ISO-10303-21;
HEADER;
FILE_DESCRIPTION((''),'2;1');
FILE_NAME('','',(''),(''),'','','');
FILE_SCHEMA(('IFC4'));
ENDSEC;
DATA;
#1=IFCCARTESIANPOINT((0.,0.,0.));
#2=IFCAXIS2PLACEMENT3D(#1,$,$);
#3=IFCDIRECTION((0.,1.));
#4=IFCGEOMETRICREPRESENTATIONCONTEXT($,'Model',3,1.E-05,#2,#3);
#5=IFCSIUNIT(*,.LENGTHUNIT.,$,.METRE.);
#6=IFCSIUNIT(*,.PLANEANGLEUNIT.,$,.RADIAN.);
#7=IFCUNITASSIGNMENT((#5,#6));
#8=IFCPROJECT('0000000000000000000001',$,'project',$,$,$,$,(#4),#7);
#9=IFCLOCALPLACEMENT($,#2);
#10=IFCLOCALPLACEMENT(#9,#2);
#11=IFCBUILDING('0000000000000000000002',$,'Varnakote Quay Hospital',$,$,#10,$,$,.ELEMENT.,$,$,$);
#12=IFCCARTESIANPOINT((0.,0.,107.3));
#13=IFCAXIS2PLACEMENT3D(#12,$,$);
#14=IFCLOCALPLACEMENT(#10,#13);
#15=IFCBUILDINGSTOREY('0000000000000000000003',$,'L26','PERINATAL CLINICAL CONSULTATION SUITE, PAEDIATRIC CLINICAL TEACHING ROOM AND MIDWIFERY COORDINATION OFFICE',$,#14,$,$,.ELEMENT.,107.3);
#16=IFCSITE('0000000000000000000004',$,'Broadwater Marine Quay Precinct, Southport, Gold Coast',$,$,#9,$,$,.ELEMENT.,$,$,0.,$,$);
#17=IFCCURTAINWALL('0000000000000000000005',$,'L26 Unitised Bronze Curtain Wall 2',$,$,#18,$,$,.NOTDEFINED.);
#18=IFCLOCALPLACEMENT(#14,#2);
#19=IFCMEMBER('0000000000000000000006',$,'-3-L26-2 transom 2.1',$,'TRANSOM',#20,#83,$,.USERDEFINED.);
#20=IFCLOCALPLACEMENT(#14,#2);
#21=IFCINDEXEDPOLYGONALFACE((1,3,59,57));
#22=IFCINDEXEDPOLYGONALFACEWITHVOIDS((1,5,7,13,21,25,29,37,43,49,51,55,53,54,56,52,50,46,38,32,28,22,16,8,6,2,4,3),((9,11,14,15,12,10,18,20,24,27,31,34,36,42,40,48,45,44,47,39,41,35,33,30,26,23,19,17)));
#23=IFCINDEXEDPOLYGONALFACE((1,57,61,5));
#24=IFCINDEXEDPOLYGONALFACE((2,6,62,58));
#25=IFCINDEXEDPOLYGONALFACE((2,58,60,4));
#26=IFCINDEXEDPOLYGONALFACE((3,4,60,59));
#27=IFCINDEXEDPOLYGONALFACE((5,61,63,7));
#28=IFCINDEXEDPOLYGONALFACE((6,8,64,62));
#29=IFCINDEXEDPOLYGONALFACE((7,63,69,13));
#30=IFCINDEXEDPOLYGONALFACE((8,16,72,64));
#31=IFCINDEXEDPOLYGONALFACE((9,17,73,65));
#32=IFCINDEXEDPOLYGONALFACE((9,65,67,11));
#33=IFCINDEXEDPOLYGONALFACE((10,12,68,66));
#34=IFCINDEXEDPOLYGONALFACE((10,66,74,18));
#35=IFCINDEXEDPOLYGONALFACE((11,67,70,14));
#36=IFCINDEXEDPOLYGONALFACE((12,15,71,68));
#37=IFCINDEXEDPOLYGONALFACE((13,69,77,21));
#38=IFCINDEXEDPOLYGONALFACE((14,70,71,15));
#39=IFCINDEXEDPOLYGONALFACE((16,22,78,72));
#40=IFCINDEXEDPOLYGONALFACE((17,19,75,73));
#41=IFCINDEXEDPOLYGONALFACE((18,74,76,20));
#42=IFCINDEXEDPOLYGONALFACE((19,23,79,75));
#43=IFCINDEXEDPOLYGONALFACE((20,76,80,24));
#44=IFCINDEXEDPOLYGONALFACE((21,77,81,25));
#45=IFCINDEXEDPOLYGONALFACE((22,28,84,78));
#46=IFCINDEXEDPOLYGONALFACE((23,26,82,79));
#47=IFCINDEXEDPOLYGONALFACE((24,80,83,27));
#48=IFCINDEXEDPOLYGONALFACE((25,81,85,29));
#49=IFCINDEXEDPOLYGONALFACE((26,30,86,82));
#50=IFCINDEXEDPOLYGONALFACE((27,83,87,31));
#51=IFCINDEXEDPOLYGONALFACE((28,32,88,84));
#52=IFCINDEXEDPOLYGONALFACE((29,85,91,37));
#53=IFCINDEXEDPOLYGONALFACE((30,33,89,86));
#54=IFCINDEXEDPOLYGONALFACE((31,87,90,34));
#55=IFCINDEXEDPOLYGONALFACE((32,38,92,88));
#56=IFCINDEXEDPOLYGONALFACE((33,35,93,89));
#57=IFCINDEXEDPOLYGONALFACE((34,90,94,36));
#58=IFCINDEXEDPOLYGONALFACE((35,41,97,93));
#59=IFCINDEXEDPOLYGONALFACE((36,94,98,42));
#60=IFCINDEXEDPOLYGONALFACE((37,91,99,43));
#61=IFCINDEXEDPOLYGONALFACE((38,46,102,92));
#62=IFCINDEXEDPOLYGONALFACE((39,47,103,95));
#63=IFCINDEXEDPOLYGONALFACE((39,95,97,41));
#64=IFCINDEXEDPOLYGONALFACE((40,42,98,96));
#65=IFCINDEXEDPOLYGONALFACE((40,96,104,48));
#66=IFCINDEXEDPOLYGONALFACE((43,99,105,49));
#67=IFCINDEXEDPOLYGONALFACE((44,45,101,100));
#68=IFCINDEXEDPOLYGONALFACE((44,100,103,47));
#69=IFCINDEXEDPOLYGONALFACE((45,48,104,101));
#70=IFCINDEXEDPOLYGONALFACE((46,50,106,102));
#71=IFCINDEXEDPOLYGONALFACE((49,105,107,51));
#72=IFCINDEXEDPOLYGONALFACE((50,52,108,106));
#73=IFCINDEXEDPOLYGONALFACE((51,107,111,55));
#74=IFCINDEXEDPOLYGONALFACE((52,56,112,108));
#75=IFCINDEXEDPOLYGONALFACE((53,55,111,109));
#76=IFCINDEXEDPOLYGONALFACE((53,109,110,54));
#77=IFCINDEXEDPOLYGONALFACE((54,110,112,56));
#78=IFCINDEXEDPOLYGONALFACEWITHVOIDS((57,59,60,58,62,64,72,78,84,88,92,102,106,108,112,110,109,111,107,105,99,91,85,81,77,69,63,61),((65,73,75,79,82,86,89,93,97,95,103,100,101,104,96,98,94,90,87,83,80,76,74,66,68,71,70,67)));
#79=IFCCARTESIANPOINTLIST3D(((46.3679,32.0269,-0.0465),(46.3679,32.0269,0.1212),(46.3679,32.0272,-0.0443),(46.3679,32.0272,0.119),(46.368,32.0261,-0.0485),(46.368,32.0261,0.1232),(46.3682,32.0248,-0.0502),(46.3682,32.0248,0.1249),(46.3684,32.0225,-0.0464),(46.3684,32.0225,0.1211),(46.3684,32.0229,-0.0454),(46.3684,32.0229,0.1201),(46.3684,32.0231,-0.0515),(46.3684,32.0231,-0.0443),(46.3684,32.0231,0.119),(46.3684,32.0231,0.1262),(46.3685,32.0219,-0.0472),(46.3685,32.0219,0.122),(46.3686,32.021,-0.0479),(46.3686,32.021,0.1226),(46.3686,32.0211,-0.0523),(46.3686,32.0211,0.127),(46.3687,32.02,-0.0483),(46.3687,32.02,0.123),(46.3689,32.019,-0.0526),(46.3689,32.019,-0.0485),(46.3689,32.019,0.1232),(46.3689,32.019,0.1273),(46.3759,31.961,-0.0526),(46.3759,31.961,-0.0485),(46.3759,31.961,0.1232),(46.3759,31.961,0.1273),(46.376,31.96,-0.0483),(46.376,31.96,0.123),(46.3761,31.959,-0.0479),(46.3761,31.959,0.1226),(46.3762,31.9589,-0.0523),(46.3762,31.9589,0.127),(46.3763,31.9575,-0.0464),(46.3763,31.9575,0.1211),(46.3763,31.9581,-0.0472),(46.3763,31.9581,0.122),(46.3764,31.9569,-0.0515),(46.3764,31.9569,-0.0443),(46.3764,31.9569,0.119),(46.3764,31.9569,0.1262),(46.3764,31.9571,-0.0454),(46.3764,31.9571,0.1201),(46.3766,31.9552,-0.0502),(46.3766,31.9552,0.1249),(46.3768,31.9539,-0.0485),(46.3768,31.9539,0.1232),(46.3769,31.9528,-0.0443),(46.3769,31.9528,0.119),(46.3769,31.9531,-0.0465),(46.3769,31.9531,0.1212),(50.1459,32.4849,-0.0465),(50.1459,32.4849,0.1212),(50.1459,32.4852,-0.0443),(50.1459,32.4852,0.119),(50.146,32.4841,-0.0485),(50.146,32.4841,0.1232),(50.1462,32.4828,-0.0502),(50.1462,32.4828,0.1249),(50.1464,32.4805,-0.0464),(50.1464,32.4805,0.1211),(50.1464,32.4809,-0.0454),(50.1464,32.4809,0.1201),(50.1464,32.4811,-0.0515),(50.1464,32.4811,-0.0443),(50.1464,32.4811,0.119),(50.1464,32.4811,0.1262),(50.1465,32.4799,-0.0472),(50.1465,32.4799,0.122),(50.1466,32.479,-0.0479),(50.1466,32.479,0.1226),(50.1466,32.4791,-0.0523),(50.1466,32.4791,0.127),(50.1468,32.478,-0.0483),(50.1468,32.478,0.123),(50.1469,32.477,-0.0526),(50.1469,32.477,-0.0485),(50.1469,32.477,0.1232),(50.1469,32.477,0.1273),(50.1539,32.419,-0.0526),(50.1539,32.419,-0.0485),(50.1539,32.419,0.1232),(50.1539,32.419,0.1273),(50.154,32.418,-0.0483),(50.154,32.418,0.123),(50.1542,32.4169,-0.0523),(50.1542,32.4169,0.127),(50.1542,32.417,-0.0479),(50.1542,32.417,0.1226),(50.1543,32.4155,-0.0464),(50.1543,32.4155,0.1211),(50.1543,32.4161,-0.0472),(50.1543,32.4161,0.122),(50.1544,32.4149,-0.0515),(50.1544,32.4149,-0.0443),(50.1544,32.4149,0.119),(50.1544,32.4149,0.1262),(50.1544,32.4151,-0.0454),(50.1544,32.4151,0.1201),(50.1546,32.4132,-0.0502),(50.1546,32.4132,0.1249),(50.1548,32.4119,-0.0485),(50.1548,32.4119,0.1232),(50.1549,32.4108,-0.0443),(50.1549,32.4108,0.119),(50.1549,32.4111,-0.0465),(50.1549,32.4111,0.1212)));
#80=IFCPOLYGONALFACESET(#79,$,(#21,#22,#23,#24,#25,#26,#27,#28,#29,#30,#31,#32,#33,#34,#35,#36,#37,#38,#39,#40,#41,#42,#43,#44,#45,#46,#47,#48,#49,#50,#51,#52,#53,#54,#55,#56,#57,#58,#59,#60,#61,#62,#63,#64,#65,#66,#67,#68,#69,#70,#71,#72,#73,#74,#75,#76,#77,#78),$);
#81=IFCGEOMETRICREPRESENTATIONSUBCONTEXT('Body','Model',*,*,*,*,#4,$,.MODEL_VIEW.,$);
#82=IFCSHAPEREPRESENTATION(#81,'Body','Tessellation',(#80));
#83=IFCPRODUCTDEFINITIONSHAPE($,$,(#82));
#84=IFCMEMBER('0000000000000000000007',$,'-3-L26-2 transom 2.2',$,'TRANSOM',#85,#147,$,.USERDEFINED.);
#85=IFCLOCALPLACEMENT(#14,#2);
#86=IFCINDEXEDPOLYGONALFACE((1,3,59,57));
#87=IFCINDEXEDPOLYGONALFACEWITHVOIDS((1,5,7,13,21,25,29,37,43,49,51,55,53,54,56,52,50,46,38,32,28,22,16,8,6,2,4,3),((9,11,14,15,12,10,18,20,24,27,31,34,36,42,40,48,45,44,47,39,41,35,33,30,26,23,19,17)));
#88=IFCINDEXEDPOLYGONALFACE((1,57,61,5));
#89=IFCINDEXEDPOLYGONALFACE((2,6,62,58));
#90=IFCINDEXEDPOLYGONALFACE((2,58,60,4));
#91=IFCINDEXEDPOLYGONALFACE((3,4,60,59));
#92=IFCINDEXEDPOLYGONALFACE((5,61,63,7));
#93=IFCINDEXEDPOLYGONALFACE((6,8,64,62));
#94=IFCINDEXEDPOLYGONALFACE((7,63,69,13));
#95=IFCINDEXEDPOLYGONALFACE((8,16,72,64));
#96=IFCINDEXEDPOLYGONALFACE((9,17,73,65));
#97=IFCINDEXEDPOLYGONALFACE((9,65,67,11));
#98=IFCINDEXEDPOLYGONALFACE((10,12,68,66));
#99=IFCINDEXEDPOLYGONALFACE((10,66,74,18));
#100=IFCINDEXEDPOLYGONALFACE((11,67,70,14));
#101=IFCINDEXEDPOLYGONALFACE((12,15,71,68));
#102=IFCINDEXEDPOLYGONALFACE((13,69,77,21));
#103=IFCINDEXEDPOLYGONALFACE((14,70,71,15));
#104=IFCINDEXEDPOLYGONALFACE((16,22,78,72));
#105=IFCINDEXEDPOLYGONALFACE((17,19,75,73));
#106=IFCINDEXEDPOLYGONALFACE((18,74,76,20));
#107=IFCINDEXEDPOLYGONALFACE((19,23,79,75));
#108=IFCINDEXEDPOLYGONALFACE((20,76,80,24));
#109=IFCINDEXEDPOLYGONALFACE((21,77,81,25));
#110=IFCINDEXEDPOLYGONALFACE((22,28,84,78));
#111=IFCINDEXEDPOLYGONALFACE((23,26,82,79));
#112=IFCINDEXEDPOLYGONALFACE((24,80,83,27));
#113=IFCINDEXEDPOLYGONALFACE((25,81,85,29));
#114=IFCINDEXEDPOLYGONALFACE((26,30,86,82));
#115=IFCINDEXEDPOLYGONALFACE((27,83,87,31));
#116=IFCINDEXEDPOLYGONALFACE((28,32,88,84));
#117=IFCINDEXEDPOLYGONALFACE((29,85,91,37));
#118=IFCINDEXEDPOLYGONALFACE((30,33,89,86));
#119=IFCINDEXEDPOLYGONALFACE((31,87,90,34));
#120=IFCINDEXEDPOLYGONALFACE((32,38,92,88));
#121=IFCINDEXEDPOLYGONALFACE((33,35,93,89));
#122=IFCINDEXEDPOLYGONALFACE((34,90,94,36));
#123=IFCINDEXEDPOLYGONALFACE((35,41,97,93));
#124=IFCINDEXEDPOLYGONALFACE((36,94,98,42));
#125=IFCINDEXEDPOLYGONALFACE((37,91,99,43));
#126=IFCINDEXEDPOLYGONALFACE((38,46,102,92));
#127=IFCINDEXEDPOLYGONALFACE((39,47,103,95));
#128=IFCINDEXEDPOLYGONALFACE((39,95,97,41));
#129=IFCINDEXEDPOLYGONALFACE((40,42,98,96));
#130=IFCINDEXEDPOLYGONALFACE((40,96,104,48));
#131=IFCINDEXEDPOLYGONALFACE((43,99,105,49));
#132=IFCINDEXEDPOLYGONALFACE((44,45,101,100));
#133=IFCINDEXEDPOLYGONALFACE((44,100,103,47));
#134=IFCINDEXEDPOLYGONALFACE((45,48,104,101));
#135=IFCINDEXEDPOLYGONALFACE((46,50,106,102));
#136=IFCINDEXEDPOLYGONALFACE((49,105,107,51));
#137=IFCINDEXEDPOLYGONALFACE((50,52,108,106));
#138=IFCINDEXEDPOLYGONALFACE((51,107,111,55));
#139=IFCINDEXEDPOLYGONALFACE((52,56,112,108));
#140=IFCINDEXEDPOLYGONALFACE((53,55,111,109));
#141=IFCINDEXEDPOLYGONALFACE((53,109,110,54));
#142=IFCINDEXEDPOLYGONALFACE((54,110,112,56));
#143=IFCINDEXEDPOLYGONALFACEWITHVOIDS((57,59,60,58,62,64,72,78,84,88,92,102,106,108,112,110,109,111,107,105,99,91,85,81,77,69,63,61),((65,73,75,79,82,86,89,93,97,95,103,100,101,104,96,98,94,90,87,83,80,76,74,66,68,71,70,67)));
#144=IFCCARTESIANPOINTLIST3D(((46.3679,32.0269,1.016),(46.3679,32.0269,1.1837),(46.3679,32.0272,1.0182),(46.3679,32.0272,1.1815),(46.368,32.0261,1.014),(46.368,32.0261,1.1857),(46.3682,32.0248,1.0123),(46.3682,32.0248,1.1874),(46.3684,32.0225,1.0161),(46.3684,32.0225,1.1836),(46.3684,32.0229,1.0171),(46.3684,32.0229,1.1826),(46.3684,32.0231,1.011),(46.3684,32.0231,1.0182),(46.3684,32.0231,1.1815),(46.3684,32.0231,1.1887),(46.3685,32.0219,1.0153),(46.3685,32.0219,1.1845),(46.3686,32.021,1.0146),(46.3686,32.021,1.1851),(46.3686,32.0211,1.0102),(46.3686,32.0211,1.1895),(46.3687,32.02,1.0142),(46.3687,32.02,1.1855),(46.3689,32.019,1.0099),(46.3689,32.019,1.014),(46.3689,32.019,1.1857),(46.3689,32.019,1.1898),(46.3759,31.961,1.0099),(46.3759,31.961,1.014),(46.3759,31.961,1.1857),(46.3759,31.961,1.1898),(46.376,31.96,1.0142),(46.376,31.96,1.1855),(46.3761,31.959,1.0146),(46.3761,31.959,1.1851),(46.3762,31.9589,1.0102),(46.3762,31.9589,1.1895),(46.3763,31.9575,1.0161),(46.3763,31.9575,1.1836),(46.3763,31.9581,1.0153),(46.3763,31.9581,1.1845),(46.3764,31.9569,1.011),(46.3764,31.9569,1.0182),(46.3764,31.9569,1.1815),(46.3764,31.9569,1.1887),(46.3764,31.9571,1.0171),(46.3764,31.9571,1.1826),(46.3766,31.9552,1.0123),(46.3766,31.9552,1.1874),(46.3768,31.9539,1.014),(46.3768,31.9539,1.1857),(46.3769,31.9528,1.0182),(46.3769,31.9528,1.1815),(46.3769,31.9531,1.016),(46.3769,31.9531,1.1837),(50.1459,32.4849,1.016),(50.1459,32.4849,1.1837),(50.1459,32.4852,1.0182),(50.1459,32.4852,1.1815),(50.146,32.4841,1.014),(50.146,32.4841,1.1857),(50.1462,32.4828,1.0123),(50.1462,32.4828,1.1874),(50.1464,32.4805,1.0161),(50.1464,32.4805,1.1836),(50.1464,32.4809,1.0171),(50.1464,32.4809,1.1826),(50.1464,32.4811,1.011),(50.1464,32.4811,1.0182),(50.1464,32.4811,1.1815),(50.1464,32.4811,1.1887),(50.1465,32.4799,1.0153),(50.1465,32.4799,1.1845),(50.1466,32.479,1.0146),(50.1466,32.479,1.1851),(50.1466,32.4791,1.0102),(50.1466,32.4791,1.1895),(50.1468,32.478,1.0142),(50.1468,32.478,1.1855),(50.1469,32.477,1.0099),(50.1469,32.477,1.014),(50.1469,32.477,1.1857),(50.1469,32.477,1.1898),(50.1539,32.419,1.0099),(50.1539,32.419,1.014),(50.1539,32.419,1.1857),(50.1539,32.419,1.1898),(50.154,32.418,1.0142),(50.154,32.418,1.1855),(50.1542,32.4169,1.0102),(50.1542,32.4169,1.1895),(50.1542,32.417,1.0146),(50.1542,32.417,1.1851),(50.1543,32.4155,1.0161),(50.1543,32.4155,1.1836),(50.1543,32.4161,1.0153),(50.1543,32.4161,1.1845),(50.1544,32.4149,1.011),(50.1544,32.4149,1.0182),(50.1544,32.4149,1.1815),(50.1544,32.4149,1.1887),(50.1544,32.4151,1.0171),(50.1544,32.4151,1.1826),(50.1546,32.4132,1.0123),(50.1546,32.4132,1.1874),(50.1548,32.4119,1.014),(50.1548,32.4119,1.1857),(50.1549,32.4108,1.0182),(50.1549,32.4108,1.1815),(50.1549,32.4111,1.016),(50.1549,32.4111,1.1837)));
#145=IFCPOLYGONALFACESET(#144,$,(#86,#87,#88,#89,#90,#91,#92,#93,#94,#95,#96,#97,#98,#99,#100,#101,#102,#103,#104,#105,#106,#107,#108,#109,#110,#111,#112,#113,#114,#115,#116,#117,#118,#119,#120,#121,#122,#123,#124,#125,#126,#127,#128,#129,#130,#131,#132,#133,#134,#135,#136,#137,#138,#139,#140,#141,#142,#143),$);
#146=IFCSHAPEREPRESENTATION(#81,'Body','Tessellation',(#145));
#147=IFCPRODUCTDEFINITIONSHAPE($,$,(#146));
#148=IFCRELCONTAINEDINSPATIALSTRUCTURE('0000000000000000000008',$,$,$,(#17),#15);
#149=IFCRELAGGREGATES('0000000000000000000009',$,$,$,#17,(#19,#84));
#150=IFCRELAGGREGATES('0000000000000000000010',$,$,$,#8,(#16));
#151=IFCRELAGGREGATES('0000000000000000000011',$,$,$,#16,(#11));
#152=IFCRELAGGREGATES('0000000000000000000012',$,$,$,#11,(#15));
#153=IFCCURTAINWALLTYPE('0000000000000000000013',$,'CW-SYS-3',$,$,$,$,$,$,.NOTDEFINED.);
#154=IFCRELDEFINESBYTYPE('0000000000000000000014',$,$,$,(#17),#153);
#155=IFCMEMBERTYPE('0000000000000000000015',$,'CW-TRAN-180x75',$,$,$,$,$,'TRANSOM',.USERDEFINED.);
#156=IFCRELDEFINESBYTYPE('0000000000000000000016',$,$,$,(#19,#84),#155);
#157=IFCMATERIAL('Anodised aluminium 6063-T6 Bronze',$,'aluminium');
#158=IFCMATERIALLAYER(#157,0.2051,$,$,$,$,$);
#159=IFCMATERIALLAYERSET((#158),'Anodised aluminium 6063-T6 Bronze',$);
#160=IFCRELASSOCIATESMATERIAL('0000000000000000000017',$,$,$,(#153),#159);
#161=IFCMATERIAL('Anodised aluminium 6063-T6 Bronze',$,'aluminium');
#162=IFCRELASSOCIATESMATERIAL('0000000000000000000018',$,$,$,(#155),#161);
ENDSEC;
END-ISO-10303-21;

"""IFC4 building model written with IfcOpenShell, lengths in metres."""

from ifc_helpers import new_model, si_unit, direction, frame, origin, origin_2d, place, context, subcontext, project, spatial, hollow_rectangle, extrude, material, layer, layer_set, material_profile, profile_set, type_object, element, aggregate, save


model = new_model("IFC4")

# Units and contexts
model_context = context("Model", 3, precision=1e-05, world=origin(), true_north=direction((0.0, 1.0)))
body_context = subcontext(model_context, "Body", "Model", "MODEL_VIEW")
ifc_project = project(units=[si_unit("LENGTHUNIT", "METRE"), si_unit("PLANEANGLEUNIT", "RADIAN")], contexts=[model_context])

# Site, building, storey
site_placement = place(None, origin())
site = spatial("IfcSite", under=ifc_project, at=site_placement, Name="Broadwater Marine Quay Precinct, Southport, Gold Coast", CompositionType="ELEMENT", RefElevation=0.0)
building_placement = place(site_placement, origin())
building = spatial("IfcBuilding", under=site, at=building_placement, Name="Varnakote Quay Hospital", CompositionType="ELEMENT")
storey_placement = place(building_placement, frame((0.0, 0.0, 107.3)))
storey = spatial("IfcBuildingStorey", under=building, at=storey_placement, Name="L26", Description="PERINATAL CLINICAL CONSULTATION SUITE, PAEDIATRIC CLINICAL TEACHING ROOM AND MIDWIFERY COORDINATION OFFICE", CompositionType="ELEMENT", Elevation=107.3)

# Shared definitions
ifc_material_1 = material(Name="Anodised aluminium 6063-T6 Bronze", Category="aluminium")
ifc_layer_1 = layer(ifc_material_1, 0.2051)
ifc_layer_set_1 = layer_set([ifc_layer_1], Name="Anodised aluminium 6063-T6 Bronze")
curtain_wall_type = type_object("IfcCurtainWallType", Name="CW-SYS-3", PredefinedType="NOTDEFINED", material=ifc_layer_set_1)

# Curtain wall, members
curtain_wall_1_placement = place(storey_placement, origin())
curtain_wall_1 = element("IfcCurtainWall", 1, at=curtain_wall_1_placement, inside=storey, type_object=curtain_wall_type, Name="L26 Unitised Bronze Curtain Wall 2", PredefinedType="NOTDEFINED")
ifc_material_2 = material(Name="Anodised aluminium 6063-T6 Bronze", Category="aluminium")
ifc_material_profile_1 = material_profile(ifc_material_2, hollow_rectangle(XDim=0.075, YDim=0.1799, WallThickness=0.0042, InnerFilletRadius=0.0042, OuterFilletRadius=0.0083, at=origin_2d()), Name="CW-TRAN-180x75")
ifc_profile_set_1 = profile_set([ifc_material_profile_1], Name="Anodised aluminium 6063-T6 Bronze")
member_type_1 = type_object("IfcMemberType", Name="CW-TRAN-180x75", ElementType="TRANSOM", PredefinedType="USERDEFINED", material=ifc_profile_set_1)
member_1_placement = place(storey_placement, frame((50.1504, 32.448, 0.0374), z_axis=(-0.992732, -0.120347, 0.0), x_axis=(0.120347, -0.992732, 0.0)))
member_1 = element("IfcMember", 2, at=member_1_placement, type_object=member_type_1, Name="-3-L26-2 transom 2.1", ObjectType="TRANSOM", PredefinedType="USERDEFINED", context=body_context, shape_type="SweptSolid", body=[
    extrude(hollow_rectangle(XDim=0.075, YDim=0.1799, WallThickness=0.0042, InnerFilletRadius=0.0042, OuterFilletRadius=0.0083, at=origin_2d()), origin(), (0.0, 0.0, 1.0), 3.8057),
])
member_2_placement = place(storey_placement, frame((50.1504, 32.448, 1.0999), z_axis=(-0.992732, -0.120347, 0.0), x_axis=(0.120347, -0.992732, 0.0)))
member_2 = element("IfcMember", 3, at=member_2_placement, type_object=member_type_1, Name="-3-L26-2 transom 2.2", ObjectType="TRANSOM", PredefinedType="USERDEFINED", context=body_context, shape_type="SweptSolid", body=[
    extrude(hollow_rectangle(XDim=0.075, YDim=0.1799, WallThickness=0.0042, InnerFilletRadius=0.0042, OuterFilletRadius=0.0083, at=origin_2d()), origin(), (0.0, 0.0, 1.0), 3.8057),
])

aggregate(curtain_wall_1, [member_1, member_2])

save(model, "model.ifc")
